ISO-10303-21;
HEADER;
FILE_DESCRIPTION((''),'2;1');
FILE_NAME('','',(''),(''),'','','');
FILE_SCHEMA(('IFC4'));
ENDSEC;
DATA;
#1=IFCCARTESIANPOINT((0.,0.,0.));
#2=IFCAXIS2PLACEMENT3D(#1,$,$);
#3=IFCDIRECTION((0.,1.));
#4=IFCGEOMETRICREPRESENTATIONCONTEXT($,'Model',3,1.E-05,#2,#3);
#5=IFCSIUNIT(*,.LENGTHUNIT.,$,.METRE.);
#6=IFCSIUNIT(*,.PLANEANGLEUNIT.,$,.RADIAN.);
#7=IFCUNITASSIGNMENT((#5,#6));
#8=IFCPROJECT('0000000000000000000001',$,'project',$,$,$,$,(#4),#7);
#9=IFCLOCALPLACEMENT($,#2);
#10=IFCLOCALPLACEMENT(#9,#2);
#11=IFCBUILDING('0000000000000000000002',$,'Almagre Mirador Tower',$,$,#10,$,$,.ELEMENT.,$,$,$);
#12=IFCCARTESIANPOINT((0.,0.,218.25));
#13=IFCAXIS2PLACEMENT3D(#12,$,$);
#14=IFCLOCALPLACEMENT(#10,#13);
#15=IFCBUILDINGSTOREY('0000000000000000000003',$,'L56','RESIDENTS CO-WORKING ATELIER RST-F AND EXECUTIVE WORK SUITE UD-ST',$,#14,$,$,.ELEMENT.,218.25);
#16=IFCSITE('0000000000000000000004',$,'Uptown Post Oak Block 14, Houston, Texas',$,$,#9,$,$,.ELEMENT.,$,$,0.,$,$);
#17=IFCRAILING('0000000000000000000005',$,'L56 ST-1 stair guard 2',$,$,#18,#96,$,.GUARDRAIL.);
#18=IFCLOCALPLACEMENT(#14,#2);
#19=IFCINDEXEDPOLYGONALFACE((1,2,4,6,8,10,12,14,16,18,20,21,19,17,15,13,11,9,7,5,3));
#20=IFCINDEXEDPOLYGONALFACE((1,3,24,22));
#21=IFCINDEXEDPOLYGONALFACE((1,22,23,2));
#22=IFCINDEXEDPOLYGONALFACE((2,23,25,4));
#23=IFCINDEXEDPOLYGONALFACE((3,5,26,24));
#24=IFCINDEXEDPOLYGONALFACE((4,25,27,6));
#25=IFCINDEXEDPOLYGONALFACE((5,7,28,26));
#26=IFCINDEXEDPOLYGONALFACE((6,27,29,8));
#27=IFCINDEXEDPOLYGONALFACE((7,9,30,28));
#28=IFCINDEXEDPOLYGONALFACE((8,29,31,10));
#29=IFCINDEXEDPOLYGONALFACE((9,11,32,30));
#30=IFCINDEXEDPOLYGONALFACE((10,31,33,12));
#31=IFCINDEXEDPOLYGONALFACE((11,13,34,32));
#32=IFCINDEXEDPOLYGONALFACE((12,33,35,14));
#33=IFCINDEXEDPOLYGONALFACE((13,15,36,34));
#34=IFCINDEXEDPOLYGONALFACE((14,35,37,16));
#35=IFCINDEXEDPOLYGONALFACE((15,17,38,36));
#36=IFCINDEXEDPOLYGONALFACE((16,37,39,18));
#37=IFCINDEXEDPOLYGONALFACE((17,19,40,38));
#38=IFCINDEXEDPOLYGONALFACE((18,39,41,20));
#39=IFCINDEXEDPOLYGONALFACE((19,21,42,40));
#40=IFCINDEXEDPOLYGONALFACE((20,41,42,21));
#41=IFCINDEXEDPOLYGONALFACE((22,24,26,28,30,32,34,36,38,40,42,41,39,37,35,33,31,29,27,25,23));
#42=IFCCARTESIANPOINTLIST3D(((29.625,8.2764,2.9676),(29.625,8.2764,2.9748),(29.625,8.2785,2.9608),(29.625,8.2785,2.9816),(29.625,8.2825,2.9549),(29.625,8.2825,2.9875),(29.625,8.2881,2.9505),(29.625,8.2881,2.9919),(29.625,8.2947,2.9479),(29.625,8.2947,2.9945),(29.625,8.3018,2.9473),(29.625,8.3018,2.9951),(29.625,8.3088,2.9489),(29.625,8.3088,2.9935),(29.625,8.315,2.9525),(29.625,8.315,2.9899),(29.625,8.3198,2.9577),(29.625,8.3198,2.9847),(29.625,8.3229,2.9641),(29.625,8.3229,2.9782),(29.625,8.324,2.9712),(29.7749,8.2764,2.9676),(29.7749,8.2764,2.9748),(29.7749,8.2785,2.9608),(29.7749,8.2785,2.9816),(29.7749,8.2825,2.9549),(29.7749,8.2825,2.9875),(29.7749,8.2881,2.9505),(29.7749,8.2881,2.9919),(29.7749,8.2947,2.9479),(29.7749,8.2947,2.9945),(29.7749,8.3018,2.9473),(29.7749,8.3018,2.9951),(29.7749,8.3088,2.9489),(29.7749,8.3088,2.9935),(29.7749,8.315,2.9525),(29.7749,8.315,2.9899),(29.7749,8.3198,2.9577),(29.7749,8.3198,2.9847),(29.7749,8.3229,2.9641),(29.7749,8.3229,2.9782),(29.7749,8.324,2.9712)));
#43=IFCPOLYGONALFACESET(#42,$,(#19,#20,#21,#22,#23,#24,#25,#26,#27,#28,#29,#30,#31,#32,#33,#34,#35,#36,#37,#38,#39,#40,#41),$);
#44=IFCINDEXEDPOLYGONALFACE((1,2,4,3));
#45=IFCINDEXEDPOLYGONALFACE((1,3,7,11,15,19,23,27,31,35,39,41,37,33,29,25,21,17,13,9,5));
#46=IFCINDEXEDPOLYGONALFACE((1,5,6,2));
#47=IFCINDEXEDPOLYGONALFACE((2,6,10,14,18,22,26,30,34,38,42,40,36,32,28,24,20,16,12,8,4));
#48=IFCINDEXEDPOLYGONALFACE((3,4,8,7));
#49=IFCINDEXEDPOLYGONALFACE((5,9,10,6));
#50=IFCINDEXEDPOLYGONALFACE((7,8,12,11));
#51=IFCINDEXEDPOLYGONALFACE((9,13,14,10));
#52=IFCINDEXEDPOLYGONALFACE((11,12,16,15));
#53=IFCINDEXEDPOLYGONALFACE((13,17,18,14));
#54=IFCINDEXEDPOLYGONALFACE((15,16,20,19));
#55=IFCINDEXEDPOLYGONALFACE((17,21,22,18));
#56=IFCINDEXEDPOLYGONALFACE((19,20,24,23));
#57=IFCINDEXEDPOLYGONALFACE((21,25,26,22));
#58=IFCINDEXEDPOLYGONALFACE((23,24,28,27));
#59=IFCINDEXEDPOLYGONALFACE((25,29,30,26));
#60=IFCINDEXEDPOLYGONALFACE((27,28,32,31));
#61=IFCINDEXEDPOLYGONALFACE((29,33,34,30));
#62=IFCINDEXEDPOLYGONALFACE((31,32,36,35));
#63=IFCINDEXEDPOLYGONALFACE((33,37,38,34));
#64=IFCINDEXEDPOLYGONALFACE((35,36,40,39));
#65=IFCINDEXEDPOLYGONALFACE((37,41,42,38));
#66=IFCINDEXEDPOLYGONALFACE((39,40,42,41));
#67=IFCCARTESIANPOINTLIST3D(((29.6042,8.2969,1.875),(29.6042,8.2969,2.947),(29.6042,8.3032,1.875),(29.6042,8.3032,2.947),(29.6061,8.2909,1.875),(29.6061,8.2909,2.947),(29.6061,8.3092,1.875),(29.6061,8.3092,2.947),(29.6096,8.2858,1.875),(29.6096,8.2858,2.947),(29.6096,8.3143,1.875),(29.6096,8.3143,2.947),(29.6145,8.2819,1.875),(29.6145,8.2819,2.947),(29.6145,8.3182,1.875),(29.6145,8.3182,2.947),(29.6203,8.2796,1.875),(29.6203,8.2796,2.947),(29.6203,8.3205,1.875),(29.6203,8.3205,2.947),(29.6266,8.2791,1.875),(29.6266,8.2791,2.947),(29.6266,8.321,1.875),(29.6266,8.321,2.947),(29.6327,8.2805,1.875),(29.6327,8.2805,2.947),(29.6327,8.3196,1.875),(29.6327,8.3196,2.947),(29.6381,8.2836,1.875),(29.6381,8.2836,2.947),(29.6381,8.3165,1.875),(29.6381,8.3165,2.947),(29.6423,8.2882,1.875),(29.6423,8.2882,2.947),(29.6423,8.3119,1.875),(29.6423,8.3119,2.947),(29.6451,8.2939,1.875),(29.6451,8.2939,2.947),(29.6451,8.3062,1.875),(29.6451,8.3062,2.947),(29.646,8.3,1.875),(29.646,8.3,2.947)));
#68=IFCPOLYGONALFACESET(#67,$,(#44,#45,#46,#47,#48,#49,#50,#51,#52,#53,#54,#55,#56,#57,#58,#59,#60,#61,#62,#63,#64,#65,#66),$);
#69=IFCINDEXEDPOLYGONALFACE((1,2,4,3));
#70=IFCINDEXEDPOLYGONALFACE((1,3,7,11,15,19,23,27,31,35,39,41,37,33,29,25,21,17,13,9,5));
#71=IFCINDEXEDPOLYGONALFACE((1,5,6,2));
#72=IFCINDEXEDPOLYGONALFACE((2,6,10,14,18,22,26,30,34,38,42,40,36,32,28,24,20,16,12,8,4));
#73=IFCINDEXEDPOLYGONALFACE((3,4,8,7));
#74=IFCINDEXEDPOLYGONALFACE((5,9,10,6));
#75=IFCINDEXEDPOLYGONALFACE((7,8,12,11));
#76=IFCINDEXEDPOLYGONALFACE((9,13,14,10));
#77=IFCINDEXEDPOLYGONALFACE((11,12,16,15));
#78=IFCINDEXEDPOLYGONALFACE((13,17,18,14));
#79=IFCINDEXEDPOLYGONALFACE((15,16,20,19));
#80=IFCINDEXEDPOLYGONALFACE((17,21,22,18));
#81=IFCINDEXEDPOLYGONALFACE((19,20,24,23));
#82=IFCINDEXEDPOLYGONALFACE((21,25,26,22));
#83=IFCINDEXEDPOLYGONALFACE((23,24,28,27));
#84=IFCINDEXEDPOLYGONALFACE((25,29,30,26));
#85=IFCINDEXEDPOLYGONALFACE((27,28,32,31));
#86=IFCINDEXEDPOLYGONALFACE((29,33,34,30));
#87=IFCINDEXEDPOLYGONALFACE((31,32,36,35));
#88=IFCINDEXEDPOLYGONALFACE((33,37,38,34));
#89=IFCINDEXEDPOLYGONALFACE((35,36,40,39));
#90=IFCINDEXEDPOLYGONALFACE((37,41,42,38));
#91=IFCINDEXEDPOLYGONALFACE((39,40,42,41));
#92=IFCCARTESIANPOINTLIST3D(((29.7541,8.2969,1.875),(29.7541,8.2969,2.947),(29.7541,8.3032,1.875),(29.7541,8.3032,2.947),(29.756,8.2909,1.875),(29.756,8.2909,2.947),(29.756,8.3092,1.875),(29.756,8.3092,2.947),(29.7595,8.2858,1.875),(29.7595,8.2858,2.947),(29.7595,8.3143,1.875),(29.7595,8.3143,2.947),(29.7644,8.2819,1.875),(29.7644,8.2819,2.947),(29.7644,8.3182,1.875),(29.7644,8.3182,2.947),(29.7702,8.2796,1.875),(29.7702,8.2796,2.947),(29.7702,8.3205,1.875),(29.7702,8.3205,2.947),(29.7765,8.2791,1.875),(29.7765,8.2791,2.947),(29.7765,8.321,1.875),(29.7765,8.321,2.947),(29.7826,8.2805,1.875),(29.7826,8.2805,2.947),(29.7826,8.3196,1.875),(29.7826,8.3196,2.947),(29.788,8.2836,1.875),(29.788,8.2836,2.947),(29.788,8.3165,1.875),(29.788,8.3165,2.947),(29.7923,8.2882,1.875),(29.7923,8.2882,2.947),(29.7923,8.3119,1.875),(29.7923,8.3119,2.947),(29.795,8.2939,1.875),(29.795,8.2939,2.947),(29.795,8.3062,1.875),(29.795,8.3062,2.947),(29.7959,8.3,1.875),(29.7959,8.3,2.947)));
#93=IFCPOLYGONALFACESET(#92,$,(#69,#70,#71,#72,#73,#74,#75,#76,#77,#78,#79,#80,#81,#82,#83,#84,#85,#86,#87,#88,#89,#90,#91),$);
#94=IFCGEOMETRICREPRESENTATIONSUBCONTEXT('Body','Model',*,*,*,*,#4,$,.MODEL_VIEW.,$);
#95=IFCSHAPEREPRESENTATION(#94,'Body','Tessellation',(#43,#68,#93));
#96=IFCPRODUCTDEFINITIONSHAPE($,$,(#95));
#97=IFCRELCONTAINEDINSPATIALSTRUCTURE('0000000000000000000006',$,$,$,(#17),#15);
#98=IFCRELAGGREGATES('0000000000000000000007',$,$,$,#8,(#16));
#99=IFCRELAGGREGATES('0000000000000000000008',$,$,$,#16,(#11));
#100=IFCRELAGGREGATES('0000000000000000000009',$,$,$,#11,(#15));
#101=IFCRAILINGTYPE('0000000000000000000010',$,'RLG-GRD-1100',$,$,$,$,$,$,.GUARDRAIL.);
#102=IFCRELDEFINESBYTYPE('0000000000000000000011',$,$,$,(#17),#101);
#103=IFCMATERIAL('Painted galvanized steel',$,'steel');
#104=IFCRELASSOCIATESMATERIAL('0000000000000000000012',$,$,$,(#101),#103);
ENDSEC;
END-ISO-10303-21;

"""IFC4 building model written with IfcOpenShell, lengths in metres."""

from ifc_helpers import new_model, si_unit, direction, frame, origin, origin_2d, place, context, subcontext, project, spatial, circle, extrude, material, type_object, element, save


model = new_model("IFC4")

# Units and contexts
model_context = context("Model", 3, precision=1e-05, world=origin(), true_north=direction((0.0, 1.0)))
body_context = subcontext(model_context, "Body", "Model", "MODEL_VIEW")
ifc_project = project(units=[si_unit("LENGTHUNIT", "METRE"), si_unit("PLANEANGLEUNIT", "RADIAN")], contexts=[model_context])

# Site, building, storey
site_placement = place(None, origin())
site = spatial("IfcSite", under=ifc_project, at=site_placement, Name="Uptown Post Oak Block 14, Houston, Texas", CompositionType="ELEMENT", RefElevation=0.0)
building_placement = place(site_placement, origin())
building = spatial("IfcBuilding", under=site, at=building_placement, Name="Almagre Mirador Tower", CompositionType="ELEMENT")
storey_placement = place(building_placement, frame((0.0, 0.0, 218.25)))
storey = spatial("IfcBuildingStorey", under=building, at=storey_placement, Name="L56", Description="RESIDENTS CO-WORKING ATELIER RST-F AND EXECUTIVE WORK SUITE UD-ST", CompositionType="ELEMENT", Elevation=218.25)

# Railing
ifc_material_1 = material(Name="Painted galvanized steel", Category="steel")
railing_type_1 = type_object("IfcRailingType", Name="RLG-GRD-1100", PredefinedType="GUARDRAIL", material=ifc_material_1)
railing_1_placement = place(storey_placement, frame((29.625, 8.3, 1.875)))
element("IfcRailing", 1, at=railing_1_placement, inside=storey, type_object=railing_type_1, Name="L56 ST-1 stair guard 2", PredefinedType="GUARDRAIL", context=body_context, shape_type="SweptSolid", body=[
    extrude(circle(Radius=0.0239, at=origin_2d()), frame((0.0, 0.0, 1.0962), z_axis=(1.0, 0.0, 0.0), x_axis=(0.0, 1.0, 0.0)), (0.0, 0.0, 1.0), 0.1499),
    extrude(circle(Radius=0.021, at=origin_2d()), origin(), (0.0, 0.0, 1.0), 1.072),
    extrude(circle(Radius=0.021, at=origin_2d()), frame((0.1499, 0.0, 0.0)), (0.0, 0.0, 1.0), 1.072),
])

save(model, "model.ifc")
